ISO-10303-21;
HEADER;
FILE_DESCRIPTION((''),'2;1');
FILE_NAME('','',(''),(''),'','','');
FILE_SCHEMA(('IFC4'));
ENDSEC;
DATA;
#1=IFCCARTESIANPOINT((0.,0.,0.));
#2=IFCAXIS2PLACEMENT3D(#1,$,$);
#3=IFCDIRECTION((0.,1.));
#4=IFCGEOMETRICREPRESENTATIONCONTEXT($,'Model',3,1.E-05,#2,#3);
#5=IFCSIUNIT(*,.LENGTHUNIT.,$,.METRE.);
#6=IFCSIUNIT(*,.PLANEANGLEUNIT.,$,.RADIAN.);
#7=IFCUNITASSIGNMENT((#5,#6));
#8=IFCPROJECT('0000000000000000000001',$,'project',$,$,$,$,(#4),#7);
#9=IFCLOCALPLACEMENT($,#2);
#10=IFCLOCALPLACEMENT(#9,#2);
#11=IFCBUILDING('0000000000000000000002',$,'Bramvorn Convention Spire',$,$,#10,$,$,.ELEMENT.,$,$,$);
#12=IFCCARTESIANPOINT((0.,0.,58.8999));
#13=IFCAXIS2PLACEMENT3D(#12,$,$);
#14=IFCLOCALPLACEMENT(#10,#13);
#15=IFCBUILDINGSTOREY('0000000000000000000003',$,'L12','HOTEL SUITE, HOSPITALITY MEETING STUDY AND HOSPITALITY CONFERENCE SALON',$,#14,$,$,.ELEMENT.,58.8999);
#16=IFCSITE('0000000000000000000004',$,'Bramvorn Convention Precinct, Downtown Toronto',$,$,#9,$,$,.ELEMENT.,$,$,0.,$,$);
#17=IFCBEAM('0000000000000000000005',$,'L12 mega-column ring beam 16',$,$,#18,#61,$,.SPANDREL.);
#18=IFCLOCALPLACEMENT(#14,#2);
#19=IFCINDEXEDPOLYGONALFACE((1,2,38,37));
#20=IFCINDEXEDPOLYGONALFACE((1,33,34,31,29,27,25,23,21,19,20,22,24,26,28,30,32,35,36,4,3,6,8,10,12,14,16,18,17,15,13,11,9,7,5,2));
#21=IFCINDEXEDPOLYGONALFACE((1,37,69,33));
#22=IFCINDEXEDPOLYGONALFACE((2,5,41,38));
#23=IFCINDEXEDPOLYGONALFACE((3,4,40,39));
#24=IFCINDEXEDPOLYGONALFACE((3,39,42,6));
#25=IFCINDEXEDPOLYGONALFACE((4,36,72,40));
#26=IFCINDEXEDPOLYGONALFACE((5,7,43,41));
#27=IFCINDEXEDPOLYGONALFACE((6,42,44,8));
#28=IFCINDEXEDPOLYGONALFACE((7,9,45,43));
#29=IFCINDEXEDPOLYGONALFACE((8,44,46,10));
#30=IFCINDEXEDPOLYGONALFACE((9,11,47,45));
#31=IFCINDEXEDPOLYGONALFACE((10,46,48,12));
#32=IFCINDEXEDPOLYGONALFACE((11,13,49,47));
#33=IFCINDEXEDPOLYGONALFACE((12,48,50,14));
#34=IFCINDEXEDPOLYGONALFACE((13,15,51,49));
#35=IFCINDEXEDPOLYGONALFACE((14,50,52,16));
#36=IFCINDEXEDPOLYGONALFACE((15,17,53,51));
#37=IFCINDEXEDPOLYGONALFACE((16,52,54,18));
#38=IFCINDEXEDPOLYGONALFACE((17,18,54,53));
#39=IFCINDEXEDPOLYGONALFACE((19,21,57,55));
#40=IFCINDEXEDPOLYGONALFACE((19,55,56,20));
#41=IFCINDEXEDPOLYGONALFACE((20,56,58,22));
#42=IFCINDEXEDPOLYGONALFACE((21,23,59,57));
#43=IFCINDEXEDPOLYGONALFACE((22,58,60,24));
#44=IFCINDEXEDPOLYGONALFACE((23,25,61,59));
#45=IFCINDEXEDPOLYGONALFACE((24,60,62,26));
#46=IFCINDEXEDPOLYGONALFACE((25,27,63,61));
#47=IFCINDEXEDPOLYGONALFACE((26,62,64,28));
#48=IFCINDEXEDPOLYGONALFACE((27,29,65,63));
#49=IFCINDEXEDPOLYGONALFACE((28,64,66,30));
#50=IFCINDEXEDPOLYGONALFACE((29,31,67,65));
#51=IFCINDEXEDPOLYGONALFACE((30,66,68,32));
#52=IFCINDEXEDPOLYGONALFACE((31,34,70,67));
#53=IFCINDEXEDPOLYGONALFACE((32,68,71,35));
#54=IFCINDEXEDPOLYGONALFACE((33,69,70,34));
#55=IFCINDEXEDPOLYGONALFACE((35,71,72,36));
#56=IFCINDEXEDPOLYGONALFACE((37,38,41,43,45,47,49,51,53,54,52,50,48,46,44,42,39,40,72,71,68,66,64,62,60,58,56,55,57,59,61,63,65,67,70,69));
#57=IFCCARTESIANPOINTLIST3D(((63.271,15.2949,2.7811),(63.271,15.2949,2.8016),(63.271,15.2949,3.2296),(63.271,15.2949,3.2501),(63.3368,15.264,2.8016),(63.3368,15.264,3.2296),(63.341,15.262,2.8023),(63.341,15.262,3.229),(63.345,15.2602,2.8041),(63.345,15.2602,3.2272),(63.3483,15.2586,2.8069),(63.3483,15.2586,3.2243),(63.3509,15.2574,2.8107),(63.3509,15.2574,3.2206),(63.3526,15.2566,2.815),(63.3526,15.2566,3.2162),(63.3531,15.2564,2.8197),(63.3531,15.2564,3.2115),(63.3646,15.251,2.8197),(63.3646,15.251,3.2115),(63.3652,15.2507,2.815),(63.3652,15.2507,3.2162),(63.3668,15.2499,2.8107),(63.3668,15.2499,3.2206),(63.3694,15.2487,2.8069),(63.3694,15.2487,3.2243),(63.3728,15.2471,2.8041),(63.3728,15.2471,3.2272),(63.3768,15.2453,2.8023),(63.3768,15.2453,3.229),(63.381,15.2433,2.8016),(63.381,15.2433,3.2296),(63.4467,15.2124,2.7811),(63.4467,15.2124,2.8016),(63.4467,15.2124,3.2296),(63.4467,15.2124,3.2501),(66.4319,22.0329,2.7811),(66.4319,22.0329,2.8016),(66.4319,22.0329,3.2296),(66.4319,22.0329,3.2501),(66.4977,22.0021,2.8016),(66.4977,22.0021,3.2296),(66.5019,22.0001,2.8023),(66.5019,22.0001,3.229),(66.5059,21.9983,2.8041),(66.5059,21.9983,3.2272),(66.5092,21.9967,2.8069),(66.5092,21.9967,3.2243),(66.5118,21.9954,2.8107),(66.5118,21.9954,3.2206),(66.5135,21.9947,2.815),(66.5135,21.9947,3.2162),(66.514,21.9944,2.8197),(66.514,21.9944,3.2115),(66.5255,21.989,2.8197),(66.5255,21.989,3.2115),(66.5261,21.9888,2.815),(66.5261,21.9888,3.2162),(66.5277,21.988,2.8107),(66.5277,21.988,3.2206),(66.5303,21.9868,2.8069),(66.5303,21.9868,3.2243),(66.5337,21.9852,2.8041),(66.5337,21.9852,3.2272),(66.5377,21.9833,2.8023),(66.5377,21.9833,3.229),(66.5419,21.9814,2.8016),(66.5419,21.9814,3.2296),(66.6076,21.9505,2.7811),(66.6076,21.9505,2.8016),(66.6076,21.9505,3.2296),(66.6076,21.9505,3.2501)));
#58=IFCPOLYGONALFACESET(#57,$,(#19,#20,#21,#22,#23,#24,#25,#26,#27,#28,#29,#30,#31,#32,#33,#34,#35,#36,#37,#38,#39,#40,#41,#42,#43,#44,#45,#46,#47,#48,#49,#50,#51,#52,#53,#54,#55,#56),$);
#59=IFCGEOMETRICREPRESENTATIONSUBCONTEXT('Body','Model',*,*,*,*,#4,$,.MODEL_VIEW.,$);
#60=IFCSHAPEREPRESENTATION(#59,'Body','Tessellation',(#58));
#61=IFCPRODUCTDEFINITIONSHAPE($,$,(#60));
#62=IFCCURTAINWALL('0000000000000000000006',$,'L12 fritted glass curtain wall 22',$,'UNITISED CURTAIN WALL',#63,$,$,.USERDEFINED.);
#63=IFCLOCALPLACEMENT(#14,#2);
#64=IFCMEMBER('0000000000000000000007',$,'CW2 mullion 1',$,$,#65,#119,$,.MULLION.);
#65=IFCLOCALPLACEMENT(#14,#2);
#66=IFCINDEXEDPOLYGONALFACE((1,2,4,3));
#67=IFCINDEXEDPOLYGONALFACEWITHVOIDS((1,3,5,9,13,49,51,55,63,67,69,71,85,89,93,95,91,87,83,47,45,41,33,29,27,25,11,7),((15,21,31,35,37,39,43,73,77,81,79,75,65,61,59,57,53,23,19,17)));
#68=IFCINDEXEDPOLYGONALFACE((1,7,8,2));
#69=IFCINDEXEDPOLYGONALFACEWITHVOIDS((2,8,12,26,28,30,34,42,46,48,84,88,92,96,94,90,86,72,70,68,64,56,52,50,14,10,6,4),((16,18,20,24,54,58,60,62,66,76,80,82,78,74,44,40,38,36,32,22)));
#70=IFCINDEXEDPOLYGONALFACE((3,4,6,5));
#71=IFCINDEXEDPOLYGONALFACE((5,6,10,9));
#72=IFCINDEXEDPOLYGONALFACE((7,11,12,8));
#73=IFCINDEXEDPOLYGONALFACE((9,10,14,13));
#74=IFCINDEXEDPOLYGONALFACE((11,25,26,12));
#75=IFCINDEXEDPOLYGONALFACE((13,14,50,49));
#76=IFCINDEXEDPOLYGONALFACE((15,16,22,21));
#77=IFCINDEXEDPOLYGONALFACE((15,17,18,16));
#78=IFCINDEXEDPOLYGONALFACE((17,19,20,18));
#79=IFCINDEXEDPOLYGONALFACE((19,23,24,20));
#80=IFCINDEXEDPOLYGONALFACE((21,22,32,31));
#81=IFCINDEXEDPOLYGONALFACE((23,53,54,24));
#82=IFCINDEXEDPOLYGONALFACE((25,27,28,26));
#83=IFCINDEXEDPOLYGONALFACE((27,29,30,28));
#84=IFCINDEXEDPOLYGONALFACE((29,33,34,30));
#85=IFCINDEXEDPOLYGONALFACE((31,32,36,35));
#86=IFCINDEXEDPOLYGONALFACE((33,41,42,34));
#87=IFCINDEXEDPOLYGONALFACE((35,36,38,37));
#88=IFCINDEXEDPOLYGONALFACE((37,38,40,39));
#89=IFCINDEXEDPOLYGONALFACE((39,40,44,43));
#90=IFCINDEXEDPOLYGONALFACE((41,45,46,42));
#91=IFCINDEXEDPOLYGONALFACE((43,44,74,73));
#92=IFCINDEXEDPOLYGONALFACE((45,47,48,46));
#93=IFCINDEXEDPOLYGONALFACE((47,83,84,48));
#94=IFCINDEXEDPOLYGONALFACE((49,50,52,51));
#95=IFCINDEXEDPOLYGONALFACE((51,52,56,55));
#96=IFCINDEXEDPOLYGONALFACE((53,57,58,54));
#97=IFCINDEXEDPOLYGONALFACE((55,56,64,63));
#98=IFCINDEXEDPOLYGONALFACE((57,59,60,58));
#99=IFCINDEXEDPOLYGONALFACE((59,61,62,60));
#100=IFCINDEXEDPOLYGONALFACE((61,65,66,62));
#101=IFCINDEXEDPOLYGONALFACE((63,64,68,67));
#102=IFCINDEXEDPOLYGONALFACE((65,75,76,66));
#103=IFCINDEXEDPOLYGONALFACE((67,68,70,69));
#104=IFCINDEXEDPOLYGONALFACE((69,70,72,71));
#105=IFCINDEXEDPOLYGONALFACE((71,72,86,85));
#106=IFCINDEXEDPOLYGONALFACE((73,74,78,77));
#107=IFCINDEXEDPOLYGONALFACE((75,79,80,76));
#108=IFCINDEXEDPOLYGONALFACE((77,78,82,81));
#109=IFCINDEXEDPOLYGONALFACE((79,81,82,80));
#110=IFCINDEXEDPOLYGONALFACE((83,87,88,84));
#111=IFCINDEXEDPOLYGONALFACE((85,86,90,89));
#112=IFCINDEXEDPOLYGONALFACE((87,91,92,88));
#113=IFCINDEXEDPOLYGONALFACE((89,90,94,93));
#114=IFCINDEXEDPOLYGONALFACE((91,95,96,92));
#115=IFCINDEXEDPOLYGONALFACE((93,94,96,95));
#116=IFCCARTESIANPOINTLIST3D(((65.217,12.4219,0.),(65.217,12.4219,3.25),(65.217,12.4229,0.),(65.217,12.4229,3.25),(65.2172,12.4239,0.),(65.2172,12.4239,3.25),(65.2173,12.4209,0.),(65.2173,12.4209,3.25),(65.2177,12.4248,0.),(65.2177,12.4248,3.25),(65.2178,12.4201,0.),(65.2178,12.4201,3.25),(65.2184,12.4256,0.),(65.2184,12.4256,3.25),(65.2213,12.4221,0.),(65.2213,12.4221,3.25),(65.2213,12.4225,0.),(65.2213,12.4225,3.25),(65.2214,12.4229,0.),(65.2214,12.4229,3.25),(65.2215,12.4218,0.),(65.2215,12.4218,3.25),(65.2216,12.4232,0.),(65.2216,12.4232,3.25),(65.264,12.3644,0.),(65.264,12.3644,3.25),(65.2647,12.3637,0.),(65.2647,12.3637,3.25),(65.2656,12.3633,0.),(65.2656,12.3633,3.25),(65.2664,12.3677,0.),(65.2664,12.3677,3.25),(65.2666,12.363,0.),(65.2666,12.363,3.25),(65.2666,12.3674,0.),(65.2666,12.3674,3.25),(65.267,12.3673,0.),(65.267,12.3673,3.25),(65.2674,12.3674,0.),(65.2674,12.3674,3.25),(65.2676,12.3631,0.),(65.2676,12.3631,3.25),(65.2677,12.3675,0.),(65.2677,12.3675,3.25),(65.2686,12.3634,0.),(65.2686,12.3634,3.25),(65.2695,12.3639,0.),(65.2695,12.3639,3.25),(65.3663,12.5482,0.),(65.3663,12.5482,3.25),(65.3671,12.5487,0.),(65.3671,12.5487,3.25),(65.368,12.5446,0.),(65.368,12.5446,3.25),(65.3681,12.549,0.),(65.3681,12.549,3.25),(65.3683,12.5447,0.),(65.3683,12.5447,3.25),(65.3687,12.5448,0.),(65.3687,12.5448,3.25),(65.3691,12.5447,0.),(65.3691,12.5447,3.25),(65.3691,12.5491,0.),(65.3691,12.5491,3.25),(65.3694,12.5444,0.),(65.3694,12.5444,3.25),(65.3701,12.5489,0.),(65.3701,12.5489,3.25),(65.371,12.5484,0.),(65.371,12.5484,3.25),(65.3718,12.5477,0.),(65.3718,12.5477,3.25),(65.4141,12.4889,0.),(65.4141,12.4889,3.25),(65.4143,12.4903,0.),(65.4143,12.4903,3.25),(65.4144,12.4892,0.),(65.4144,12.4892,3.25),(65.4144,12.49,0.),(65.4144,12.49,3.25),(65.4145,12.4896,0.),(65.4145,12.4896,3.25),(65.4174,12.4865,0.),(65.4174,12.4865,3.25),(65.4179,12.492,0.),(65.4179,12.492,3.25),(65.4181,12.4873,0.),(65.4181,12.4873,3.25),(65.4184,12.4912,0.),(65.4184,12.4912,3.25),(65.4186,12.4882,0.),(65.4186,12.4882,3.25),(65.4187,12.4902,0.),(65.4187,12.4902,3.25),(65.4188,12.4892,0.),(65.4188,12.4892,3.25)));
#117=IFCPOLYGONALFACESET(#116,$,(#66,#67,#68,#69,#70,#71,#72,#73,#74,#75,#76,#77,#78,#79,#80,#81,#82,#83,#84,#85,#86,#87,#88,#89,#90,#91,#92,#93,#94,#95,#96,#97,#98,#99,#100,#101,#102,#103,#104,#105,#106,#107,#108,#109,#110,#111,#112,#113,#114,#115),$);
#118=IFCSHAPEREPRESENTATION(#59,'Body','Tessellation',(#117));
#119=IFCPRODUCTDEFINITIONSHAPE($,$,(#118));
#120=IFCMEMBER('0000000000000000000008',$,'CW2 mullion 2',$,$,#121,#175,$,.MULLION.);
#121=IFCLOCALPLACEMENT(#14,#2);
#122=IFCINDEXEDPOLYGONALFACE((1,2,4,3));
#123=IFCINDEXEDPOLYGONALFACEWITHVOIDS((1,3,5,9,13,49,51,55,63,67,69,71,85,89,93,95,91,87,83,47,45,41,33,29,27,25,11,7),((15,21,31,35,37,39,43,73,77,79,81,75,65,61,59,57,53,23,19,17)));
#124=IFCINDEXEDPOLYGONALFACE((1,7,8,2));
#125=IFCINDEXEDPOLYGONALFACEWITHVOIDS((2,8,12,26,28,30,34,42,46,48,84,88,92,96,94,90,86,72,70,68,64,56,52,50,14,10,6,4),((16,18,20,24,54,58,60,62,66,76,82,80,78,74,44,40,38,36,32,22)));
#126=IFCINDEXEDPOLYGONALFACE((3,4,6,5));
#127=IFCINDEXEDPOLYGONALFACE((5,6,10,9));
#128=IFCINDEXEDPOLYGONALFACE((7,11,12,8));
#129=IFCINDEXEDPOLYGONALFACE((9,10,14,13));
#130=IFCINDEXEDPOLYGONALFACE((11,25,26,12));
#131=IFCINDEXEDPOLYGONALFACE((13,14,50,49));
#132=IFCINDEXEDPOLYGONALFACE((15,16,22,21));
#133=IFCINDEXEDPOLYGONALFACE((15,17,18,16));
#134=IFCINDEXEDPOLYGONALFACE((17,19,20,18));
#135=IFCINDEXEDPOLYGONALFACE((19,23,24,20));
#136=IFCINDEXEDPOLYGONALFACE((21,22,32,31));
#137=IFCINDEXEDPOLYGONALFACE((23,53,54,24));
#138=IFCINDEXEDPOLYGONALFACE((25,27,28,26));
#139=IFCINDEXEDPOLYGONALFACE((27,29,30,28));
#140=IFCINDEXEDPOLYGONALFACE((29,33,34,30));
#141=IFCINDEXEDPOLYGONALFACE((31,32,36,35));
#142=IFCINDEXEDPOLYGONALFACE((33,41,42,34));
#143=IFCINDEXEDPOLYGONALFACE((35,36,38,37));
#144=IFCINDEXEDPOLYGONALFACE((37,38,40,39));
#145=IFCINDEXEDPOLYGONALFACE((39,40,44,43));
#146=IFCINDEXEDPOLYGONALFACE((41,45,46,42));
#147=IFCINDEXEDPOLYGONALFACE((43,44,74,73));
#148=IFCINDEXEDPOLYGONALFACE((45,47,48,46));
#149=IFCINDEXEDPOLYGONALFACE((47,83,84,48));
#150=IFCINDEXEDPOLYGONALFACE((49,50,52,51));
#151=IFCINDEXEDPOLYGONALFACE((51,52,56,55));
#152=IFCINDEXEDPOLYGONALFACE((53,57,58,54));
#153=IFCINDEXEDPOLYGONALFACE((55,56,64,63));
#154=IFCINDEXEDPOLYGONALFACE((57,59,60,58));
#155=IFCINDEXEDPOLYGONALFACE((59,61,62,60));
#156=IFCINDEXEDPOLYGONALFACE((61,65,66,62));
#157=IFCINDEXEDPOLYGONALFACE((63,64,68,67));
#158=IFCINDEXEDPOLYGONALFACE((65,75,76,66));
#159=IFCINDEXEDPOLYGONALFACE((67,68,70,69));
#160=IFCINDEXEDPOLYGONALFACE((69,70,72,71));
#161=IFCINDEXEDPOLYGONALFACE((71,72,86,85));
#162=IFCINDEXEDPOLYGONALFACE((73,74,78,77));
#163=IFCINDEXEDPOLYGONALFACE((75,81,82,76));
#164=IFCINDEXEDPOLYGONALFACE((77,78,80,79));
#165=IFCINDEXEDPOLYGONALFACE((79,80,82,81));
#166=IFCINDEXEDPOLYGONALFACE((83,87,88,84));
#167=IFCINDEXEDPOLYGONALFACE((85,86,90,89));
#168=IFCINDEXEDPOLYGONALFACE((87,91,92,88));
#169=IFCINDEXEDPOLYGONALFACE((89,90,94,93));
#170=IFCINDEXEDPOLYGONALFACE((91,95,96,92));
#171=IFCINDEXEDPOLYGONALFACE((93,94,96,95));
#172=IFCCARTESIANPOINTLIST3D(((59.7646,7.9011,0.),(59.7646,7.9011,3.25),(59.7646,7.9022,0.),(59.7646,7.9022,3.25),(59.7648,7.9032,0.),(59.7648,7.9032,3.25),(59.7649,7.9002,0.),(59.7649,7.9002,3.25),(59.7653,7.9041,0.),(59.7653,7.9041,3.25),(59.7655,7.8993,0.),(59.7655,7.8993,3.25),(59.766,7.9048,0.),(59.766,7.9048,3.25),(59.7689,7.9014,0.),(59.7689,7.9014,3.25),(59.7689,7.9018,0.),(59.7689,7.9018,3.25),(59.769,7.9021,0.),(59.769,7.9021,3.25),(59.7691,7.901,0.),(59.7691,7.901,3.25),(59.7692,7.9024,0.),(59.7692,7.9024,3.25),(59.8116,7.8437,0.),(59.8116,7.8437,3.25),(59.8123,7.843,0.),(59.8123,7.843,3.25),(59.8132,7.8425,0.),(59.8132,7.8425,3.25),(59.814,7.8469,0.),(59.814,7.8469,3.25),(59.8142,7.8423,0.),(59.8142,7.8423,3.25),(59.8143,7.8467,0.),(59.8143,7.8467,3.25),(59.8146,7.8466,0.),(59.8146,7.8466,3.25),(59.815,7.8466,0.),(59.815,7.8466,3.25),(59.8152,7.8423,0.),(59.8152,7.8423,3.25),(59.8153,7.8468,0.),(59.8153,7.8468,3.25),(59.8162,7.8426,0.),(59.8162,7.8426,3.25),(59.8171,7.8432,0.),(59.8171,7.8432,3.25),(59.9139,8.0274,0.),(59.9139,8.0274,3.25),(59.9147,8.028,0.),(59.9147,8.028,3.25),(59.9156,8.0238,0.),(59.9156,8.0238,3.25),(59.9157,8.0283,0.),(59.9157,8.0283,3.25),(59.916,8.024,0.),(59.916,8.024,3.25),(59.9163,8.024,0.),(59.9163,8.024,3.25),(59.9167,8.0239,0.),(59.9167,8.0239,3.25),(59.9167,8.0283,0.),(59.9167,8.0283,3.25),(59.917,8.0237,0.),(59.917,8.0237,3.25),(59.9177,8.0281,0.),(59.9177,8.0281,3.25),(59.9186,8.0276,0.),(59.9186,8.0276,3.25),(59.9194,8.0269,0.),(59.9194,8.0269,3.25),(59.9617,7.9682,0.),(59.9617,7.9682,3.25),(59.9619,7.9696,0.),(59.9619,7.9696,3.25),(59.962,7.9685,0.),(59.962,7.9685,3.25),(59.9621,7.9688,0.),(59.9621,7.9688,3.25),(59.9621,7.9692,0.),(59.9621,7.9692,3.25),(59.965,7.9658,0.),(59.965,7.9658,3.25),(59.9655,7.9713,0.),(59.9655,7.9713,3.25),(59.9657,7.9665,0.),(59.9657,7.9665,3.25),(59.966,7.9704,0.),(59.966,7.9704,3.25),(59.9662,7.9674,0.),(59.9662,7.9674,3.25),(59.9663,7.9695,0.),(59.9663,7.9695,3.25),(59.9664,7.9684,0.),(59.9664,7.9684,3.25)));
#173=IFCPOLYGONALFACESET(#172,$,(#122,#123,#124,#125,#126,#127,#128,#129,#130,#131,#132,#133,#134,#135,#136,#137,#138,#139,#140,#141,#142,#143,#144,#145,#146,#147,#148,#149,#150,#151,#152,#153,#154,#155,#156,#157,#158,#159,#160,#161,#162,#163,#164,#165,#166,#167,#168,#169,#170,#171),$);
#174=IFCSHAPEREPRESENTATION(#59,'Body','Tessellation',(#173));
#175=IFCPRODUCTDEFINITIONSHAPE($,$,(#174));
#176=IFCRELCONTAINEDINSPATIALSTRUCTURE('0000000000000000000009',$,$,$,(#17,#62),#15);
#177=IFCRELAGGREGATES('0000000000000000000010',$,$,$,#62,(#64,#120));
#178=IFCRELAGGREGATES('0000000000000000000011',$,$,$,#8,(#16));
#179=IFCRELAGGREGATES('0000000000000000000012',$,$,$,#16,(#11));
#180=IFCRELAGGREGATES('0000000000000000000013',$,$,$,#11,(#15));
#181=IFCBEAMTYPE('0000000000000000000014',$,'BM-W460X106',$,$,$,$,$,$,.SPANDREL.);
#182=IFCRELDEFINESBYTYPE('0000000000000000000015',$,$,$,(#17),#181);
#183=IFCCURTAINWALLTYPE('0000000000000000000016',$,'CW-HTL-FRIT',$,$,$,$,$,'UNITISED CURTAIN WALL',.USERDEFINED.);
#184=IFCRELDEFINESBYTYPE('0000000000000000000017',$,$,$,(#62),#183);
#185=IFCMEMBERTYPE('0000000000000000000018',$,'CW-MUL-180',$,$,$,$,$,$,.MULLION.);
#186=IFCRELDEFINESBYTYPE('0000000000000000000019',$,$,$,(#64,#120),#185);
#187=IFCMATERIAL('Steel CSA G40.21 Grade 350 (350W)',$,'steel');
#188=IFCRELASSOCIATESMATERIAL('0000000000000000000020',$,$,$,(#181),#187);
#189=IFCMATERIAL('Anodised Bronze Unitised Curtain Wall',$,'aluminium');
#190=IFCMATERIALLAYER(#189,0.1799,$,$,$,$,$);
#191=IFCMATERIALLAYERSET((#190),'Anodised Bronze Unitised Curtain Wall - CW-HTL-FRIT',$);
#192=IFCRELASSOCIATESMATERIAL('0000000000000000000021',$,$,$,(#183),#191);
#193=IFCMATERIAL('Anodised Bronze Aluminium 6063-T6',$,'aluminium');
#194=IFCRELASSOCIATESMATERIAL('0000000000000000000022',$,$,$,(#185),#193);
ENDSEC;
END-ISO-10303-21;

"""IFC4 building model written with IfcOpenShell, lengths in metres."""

from ifc_helpers import new_model, si_unit, direction, frame, origin, origin_2d, place, context, subcontext, project, spatial, hollow_rectangle, i_section, extrude, material, layer, layer_set, material_profile, profile_set, type_object, element, aggregate, save


model = new_model("IFC4")

# Units and contexts
model_context = context("Model", 3, precision=1e-05, world=origin(), true_north=direction((0.0, 1.0)))
body_context = subcontext(model_context, "Body", "Model", "MODEL_VIEW")
ifc_project = project(units=[si_unit("LENGTHUNIT", "METRE"), si_unit("PLANEANGLEUNIT", "RADIAN")], contexts=[model_context])

# Site, building, storey
site_placement = place(None, origin())
site = spatial("IfcSite", under=ifc_project, at=site_placement, Name="Bramvorn Convention Precinct, Downtown Toronto", CompositionType="ELEMENT", RefElevation=0.0)
building_placement = place(site_placement, origin())
building = spatial("IfcBuilding", under=site, at=building_placement, Name="Bramvorn Convention Spire", CompositionType="ELEMENT")
storey_placement = place(building_placement, frame((0.0, 0.0, 58.8999)))
storey = spatial("IfcBuildingStorey", under=building, at=storey_placement, Name="L12", Description="HOTEL SUITE, HOSPITALITY MEETING STUDY AND HOSPITALITY CONFERENCE SALON", CompositionType="ELEMENT", Elevation=58.8999)

# Shared definitions
ifc_material_1 = material(Name="Steel CSA G40.21 Grade 350 (350W)", Category="steel")

# Beam
ifc_material_profile_1 = material_profile(ifc_material_1, i_section(OverallWidth=0.1941, OverallDepth=0.469, WebThickness=0.0127, FlangeThickness=0.0205, FilletRadius=0.0181, at=origin_2d()))
ifc_profile_set_1 = profile_set([ifc_material_profile_1], Name="Steel CSA G40.21 Grade 350 (350W) - W460X106")
beam_type_1 = type_object("IfcBeamType", Name="BM-W460X106", PredefinedType="SPANDREL", material=ifc_profile_set_1)
beam_1_placement = place(storey_placement, frame((63.3589, 15.2537, 3.0156), z_axis=(0.424702, 0.905333, 0.0), x_axis=(-0.905333, 0.424702, 0.0)))
element("IfcBeam", 1, at=beam_1_placement, inside=storey, type_object=beam_type_1, Name="L12 mega-column ring beam 16", PredefinedType="SPANDREL", context=body_context, shape_type="SweptSolid", body=[
    extrude(i_section(OverallWidth=0.1941, OverallDepth=0.469, WebThickness=0.0127, FlangeThickness=0.0205, FilletRadius=0.0181, at=origin_2d()), origin(), (0.0, 0.0, 1.0), 7.4426),
])

# Curtain wall, members
ifc_material_2 = material(Name="Anodised Bronze Unitised Curtain Wall", Category="aluminium")
ifc_layer_1 = layer(ifc_material_2, 0.1799)
ifc_layer_set_1 = layer_set([ifc_layer_1], Name="Anodised Bronze Unitised Curtain Wall - CW-HTL-FRIT")
curtain_wall_type = type_object("IfcCurtainWallType", Name="CW-HTL-FRIT", ElementType="UNITISED CURTAIN WALL", PredefinedType="USERDEFINED", material=ifc_layer_set_1)
curtain_wall_1_placement = place(storey_placement, origin())
curtain_wall_1 = element("IfcCurtainWall", 2, at=curtain_wall_1_placement, inside=storey, type_object=curtain_wall_type, Name="L12 fritted glass curtain wall 22", ObjectType="UNITISED CURTAIN WALL", PredefinedType="USERDEFINED")
ifc_material_3 = material(Name="Anodised Bronze Aluminium 6063-T6", Category="aluminium")
ifc_material_profile_2 = material_profile(ifc_material_3, hollow_rectangle(XDim=0.0801, YDim=0.2, WallThickness=0.0039, InnerFilletRadius=0.001, OuterFilletRadius=0.0039, at=origin_2d()))
ifc_profile_set_2 = profile_set([ifc_material_profile_2], Name="Anodised Bronze Aluminium 6063-T6 - CWM80X200")
member_type_1 = type_object("IfcMemberType", Name="CW-MUL-180", PredefinedType="MULLION", material=ifc_profile_set_2)
member_1_placement = place(storey_placement, frame((65.3179, 12.4561, 0.0), z_axis=(0.0, 0.0, 1.0), x_axis=(0.638261, -0.76982, 0.0)))
member_1 = element("IfcMember", 3, at=member_1_placement, type_object=member_type_1, Name="CW2 mullion 1", PredefinedType="MULLION", context=body_context, shape_type="SweptSolid", body=[
    extrude(hollow_rectangle(XDim=0.0801, YDim=0.2, WallThickness=0.0039, InnerFilletRadius=0.001, OuterFilletRadius=0.0039, at=origin_2d()), origin(), (0.0, 0.0, 1.0), 3.25),
])
member_2_placement = place(storey_placement, frame((59.8655, 7.9353, 0.0), z_axis=(0.0, 0.0, 1.0), x_axis=(0.638261, -0.76982, 0.0)))
member_2 = element("IfcMember", 4, at=member_2_placement, type_object=member_type_1, Name="CW2 mullion 2", PredefinedType="MULLION", context=body_context, shape_type="SweptSolid", body=[
    extrude(hollow_rectangle(XDim=0.0801, YDim=0.2, WallThickness=0.0039, InnerFilletRadius=0.001, OuterFilletRadius=0.0039, at=origin_2d()), origin(), (0.0, 0.0, 1.0), 3.25),
])

aggregate(curtain_wall_1, [member_1, member_2])

save(model, "model.ifc")
